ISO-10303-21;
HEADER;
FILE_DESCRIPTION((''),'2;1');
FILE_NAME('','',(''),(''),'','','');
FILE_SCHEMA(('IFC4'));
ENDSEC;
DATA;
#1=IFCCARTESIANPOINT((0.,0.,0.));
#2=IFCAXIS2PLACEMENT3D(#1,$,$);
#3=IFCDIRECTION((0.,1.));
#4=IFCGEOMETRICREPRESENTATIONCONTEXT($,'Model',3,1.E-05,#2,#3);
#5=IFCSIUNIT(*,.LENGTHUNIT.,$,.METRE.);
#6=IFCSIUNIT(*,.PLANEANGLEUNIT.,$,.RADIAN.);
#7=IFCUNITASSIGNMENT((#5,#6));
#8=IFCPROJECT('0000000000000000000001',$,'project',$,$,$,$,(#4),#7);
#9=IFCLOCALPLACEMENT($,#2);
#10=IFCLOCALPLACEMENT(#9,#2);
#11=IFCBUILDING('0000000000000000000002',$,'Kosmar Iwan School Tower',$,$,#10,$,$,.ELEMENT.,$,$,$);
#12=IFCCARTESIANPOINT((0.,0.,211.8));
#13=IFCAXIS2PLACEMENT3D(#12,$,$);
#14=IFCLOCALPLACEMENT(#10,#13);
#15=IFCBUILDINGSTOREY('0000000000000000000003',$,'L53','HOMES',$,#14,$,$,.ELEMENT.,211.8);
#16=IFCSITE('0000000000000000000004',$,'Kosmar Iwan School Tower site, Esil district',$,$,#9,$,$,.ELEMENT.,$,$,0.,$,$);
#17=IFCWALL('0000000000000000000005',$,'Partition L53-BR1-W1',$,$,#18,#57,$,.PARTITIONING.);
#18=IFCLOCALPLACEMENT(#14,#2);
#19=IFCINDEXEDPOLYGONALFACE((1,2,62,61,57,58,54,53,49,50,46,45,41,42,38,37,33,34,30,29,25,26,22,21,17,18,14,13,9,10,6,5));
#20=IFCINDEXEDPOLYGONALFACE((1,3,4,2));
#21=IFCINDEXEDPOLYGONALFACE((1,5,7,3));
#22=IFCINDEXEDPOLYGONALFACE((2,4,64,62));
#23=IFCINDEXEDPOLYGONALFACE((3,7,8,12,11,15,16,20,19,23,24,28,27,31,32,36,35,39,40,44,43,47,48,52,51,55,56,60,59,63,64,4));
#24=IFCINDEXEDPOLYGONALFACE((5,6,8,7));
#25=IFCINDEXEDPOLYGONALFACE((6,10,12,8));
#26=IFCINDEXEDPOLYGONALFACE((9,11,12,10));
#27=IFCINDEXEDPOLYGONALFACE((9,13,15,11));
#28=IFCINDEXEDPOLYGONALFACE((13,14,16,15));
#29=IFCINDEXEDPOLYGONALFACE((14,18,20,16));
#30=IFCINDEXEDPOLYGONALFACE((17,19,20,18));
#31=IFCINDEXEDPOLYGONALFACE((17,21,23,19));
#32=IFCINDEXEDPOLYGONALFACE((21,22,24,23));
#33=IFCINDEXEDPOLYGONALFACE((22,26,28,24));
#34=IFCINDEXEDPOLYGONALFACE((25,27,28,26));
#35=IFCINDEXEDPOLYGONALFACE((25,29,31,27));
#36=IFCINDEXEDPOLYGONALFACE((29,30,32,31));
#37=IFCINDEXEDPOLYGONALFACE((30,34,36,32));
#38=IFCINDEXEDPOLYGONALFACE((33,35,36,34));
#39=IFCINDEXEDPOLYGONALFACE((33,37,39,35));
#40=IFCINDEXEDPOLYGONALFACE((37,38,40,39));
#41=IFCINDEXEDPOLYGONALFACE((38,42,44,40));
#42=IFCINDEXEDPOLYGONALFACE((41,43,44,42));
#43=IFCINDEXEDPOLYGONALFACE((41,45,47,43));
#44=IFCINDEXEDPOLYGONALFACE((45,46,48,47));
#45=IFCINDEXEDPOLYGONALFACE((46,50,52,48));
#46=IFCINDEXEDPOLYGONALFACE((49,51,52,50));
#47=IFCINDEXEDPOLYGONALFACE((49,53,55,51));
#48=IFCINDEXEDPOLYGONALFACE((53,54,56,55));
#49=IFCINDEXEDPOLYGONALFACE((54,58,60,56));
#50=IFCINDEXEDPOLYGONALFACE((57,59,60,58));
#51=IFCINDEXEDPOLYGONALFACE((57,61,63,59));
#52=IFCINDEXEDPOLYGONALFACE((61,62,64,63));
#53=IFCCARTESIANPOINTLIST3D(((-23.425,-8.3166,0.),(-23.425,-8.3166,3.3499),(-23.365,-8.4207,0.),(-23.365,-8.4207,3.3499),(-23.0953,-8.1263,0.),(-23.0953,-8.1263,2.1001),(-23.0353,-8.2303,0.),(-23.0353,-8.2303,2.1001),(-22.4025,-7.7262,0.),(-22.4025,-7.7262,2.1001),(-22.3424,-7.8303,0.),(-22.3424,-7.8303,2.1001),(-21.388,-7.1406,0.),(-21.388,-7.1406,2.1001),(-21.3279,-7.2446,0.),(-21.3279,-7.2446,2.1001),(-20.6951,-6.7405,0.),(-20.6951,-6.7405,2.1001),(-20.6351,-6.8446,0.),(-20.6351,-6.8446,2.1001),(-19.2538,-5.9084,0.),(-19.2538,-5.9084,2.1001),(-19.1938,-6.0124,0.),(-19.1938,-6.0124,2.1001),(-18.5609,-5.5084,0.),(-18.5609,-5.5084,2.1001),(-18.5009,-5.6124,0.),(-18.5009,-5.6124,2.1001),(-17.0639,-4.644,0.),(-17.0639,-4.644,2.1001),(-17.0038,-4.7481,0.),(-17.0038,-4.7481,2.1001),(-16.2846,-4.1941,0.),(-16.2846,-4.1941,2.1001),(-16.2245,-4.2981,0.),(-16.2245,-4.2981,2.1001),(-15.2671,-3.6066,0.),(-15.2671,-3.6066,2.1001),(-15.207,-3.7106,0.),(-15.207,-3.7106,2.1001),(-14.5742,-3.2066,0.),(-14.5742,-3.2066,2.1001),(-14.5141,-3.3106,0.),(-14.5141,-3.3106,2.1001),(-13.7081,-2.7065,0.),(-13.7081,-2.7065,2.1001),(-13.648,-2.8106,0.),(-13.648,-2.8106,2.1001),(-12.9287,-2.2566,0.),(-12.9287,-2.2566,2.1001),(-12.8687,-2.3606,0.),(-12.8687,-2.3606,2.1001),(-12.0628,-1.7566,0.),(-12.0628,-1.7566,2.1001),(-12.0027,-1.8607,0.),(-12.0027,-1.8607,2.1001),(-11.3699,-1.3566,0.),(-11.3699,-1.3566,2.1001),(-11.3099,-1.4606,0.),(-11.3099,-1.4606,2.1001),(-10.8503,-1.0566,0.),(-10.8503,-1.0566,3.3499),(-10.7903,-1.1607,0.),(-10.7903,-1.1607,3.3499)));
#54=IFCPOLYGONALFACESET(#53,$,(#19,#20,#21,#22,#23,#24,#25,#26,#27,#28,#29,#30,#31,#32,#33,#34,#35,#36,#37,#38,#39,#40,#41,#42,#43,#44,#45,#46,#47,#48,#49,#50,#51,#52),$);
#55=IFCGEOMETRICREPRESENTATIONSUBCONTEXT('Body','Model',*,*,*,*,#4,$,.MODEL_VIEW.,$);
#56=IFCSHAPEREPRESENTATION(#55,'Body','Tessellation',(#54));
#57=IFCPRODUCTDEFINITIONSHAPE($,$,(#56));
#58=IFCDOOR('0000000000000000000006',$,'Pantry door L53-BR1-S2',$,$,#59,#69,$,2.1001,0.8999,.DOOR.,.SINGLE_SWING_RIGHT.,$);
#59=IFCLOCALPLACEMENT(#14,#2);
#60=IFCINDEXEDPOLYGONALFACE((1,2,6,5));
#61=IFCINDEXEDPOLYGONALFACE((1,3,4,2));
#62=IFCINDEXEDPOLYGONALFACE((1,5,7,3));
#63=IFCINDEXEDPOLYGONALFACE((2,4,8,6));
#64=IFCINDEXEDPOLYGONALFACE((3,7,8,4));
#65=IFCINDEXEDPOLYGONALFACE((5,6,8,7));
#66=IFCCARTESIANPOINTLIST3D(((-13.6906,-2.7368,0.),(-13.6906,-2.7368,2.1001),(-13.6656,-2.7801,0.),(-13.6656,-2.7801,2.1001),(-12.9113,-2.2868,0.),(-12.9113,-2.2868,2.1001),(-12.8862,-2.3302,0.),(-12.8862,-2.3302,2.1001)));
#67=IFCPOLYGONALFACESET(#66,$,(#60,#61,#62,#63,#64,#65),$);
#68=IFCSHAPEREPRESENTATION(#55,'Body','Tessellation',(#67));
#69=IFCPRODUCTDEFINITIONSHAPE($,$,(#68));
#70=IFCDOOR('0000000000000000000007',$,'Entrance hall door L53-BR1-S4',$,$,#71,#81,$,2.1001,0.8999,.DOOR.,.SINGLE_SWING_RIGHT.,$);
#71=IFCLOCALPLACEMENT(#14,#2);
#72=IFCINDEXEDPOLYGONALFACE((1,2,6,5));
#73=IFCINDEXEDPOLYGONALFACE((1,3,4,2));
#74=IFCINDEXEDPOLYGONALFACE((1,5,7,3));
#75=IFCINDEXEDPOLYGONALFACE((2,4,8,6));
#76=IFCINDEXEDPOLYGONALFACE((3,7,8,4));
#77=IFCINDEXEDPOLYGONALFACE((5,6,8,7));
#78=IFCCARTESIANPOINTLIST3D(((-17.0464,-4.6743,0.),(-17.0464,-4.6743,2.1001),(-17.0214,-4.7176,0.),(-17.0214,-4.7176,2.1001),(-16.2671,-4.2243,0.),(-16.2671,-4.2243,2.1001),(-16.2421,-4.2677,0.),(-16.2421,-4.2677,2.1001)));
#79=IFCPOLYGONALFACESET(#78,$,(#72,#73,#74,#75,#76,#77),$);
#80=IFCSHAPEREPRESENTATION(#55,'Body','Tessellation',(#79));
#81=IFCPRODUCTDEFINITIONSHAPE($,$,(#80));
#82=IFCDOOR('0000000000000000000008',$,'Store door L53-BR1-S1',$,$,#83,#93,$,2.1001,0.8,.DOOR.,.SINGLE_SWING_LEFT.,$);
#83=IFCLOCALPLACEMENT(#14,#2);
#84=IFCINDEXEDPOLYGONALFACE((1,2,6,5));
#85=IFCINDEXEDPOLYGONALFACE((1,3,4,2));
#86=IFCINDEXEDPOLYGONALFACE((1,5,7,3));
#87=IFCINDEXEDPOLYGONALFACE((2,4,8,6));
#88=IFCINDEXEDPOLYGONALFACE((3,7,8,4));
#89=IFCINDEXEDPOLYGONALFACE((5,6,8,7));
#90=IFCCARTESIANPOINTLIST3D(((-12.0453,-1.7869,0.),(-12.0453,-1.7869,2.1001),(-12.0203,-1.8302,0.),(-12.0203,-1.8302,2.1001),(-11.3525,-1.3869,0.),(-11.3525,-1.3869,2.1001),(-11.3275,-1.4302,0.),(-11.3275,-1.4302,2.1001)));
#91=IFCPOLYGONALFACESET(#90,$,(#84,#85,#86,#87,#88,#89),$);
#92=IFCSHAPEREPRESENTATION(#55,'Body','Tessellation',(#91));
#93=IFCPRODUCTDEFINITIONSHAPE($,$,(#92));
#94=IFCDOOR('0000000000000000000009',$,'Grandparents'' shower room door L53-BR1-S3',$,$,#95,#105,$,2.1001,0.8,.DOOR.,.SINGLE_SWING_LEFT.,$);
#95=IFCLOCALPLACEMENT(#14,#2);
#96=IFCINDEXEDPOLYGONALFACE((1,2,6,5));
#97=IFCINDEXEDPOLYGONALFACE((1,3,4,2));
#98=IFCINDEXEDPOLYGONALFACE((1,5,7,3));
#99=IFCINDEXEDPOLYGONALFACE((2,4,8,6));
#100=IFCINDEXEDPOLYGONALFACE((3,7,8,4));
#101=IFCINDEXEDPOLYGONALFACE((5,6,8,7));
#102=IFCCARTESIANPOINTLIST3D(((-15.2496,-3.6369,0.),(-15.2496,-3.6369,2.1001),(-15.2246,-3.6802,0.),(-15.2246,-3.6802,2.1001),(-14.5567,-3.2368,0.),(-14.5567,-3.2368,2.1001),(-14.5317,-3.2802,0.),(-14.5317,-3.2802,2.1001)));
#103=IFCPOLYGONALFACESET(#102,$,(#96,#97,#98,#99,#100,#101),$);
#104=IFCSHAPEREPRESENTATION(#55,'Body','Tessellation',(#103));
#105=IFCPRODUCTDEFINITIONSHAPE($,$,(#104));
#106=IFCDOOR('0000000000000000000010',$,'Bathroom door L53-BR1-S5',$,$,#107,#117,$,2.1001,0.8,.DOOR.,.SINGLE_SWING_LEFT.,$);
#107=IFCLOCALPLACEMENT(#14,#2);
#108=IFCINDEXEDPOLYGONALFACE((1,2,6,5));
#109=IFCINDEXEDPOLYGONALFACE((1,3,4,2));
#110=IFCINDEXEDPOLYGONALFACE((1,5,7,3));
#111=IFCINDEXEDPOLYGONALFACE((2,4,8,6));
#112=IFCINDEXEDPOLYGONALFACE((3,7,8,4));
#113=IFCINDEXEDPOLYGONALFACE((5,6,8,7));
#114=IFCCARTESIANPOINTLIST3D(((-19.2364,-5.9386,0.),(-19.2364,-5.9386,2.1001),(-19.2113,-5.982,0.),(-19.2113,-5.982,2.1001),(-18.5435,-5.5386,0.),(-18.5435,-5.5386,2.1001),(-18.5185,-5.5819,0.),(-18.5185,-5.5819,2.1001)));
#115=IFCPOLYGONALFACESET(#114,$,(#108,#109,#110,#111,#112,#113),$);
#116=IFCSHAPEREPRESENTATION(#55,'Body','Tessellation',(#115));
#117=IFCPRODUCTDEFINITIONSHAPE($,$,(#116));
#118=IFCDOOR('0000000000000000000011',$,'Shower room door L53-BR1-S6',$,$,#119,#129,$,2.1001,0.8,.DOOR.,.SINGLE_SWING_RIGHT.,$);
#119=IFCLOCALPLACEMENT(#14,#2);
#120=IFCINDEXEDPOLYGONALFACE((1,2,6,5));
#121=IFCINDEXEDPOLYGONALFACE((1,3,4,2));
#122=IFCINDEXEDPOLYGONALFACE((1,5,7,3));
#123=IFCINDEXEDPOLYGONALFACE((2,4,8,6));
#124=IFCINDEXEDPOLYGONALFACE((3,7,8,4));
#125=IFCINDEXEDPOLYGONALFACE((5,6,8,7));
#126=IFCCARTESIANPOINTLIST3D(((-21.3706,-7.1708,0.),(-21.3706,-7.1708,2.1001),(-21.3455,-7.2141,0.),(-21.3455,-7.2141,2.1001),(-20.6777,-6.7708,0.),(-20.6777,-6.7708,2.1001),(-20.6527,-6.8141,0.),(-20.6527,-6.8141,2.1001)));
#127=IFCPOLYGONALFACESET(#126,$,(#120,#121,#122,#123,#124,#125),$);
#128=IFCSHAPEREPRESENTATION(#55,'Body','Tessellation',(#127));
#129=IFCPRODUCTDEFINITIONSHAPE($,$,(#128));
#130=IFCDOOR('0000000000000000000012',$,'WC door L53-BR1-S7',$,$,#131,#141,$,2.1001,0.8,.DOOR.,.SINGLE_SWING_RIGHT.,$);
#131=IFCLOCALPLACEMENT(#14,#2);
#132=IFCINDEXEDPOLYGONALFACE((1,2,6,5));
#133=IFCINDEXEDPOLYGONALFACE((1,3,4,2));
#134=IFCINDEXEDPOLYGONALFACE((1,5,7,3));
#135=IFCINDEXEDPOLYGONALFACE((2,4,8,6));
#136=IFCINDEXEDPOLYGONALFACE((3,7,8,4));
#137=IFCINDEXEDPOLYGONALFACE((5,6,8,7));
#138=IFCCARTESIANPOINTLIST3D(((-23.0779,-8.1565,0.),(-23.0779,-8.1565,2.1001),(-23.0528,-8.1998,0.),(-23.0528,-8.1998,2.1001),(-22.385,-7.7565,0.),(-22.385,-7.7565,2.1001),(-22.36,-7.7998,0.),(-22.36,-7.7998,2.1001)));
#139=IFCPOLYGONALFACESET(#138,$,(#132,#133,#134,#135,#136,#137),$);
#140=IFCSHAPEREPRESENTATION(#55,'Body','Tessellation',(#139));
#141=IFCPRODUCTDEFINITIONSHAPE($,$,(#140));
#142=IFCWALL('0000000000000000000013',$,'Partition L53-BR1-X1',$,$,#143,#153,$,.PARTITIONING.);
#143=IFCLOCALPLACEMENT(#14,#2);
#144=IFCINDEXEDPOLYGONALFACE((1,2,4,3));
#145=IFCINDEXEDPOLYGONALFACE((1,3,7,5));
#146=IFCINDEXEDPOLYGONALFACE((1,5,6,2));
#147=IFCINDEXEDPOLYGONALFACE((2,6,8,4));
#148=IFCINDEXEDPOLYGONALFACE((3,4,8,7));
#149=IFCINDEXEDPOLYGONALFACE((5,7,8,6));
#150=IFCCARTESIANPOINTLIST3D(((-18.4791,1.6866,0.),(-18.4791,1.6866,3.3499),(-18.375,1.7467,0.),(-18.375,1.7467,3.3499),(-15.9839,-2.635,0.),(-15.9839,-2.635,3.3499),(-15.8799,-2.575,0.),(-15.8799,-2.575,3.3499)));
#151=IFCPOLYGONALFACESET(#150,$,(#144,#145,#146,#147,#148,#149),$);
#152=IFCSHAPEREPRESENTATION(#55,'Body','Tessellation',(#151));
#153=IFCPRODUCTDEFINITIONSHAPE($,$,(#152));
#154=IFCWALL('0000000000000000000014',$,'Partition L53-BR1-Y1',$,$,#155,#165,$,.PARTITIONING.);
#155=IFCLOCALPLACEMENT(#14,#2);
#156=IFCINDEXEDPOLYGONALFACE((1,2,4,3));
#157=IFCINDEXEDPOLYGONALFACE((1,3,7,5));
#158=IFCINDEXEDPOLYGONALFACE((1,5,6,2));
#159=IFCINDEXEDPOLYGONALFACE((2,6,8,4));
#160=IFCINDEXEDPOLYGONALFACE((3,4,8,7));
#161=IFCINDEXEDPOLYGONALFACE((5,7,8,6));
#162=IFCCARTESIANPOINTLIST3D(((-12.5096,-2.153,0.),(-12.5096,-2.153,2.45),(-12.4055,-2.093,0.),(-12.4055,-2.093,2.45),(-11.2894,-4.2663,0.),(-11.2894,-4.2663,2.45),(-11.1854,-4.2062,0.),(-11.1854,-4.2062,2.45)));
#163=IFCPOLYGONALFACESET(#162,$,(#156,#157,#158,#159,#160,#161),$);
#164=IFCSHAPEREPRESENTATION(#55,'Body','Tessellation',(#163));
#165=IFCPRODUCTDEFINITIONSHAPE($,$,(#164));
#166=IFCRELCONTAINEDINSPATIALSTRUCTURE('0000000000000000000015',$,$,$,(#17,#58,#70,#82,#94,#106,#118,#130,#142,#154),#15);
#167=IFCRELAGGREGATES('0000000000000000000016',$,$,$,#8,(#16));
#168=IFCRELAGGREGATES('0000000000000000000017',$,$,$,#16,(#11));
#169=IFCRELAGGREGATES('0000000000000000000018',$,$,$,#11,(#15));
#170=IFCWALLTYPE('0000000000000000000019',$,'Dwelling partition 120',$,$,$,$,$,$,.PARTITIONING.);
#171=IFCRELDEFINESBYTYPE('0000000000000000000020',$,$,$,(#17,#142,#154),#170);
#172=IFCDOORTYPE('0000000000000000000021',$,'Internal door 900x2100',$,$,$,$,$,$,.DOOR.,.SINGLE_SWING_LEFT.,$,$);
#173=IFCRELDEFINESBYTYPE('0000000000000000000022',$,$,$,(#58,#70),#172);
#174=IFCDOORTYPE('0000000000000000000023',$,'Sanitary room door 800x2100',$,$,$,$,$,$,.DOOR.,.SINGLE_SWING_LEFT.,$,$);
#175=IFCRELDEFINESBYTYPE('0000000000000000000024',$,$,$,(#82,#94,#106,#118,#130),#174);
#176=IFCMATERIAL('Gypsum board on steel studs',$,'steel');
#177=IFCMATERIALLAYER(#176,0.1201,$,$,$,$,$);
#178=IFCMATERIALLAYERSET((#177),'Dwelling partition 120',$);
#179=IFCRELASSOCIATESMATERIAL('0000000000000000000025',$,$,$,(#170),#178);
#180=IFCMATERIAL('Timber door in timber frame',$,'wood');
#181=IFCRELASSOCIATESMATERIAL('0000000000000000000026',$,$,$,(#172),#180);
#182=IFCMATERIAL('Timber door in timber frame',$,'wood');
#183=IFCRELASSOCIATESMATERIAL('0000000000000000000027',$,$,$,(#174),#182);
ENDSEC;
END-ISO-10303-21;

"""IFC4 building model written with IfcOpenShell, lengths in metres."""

from ifc_helpers import new_model, si_unit, direction, frame, frame_2d, origin, place, context, subcontext, project, spatial, rectangle, extrude, material, layer, layer_set, type_object, element, fill, save


model = new_model("IFC4")

# Units and contexts
model_context = context("Model", 3, precision=1e-05, world=origin(), true_north=direction((0.0, 1.0)))
body_context = subcontext(model_context, "Body", "Model", "MODEL_VIEW")
ifc_project = project(units=[si_unit("LENGTHUNIT", "METRE"), si_unit("PLANEANGLEUNIT", "RADIAN")], contexts=[model_context])

# Site, building, storey
site_placement = place(None, origin())
site = spatial("IfcSite", under=ifc_project, at=site_placement, Name="Kosmar Iwan School Tower site, Esil district", CompositionType="ELEMENT", RefElevation=0.0)
building_placement = place(site_placement, origin())
building = spatial("IfcBuilding", under=site, at=building_placement, Name="Kosmar Iwan School Tower", CompositionType="ELEMENT")
storey_placement = place(building_placement, frame((0.0, 0.0, 211.8)))
storey = spatial("IfcBuildingStorey", under=building, at=storey_placement, Name="L53", Description="HOMES", CompositionType="ELEMENT", Elevation=211.8)

# Shared definitions
ifc_material_1 = material(Name="Gypsum board on steel studs", Category="steel")
ifc_layer_1 = layer(ifc_material_1, 0.1201)
ifc_layer_set_1 = layer_set([ifc_layer_1], Name="Dwelling partition 120")
wall_type_1 = type_object("IfcWallType", Name="Dwelling partition 120", PredefinedType="PARTITIONING", material=ifc_layer_set_1)

# Wall, openings, doors
wall_1_placement = place(storey_placement, frame((-10.8203, -1.1086, 0.0), z_axis=(0.0, 0.0, 1.0), x_axis=(-0.866025, -0.5, 0.0)))
wall_1 = element("IfcWall", 1, at=wall_1_placement, inside=storey, type_object=wall_type_1, Name="Partition L53-BR1-W1", PredefinedType="PARTITIONING", context=body_context, shape_type="SweptSolid", body=[
    extrude(rectangle(XDim=14.52, YDim=0.1201, at=frame_2d((7.26, 0.0))), origin(), (0.0, 0.0, 1.0), 3.3499),
])
opening_1_placement = place(wall_1_placement, frame((0.6001, 0.0, 0.0)))
opening_1 = element("IfcOpeningElement", 2, at=opening_1_placement, cuts=wall_1, PredefinedType="OPENING", context=body_context, shape_type="SweptSolid", body=[
    extrude(rectangle(XDim=0.8, YDim=2.1001, at=frame_2d((0.3999, 1.05))), frame((0.0, 0.072, 0.0), z_axis=(0.0, -1.0, 0.0), x_axis=(1.0, 0.0, 0.0)), (0.0, 0.0, 1.0), 0.144),
])
opening_2_placement = place(wall_1_placement, frame((2.3999, 0.0, 0.0)))
opening_2 = element("IfcOpeningElement", 3, at=opening_2_placement, cuts=wall_1, PredefinedType="OPENING", context=body_context, shape_type="SweptSolid", body=[
    extrude(rectangle(XDim=0.8999, YDim=2.1001, at=frame_2d((0.45, 1.05))), frame((0.0, 0.072, 0.0), z_axis=(0.0, -1.0, 0.0), x_axis=(1.0, 0.0, 0.0)), (0.0, 0.0, 1.0), 0.144),
])
opening_3_placement = place(wall_1_placement, frame((4.3, 0.0, 0.0)))
opening_3 = element("IfcOpeningElement", 4, at=opening_3_placement, cuts=wall_1, PredefinedType="OPENING", context=body_context, shape_type="SweptSolid", body=[
    extrude(rectangle(XDim=0.8, YDim=2.1001, at=frame_2d((0.3999, 1.05))), frame((0.0, 0.072, 0.0), z_axis=(0.0, -1.0, 0.0), x_axis=(1.0, 0.0, 0.0)), (0.0, 0.0, 1.0), 0.144),
])
opening_4_placement = place(wall_1_placement, frame((6.2749, 0.0, 0.0)))
opening_4 = element("IfcOpeningElement", 5, at=opening_4_placement, cuts=wall_1, PredefinedType="OPENING", context=body_context, shape_type="SweptSolid", body=[
    extrude(rectangle(XDim=0.8999, YDim=2.1001, at=frame_2d((0.45, 1.05))), frame((0.0, 0.072, 0.0), z_axis=(0.0, -1.0, 0.0), x_axis=(1.0, 0.0, 0.0)), (0.0, 0.0, 1.0), 0.144),
])
opening_5_placement = place(wall_1_placement, frame((8.9036, 0.0, 0.0)))
opening_5 = element("IfcOpeningElement", 6, at=opening_5_placement, cuts=wall_1, PredefinedType="OPENING", context=body_context, shape_type="SweptSolid", body=[
    extrude(rectangle(XDim=0.8, YDim=2.1001, at=frame_2d((0.3999, 1.05))), frame((0.0, 0.072, 0.0), z_axis=(0.0, -1.0, 0.0), x_axis=(1.0, 0.0, 0.0)), (0.0, 0.0, 1.0), 0.144),
])
opening_6_placement = place(wall_1_placement, frame((11.3679, 0.0, 0.0)))
opening_6 = element("IfcOpeningElement", 7, at=opening_6_placement, cuts=wall_1, PredefinedType="OPENING", context=body_context, shape_type="SweptSolid", body=[
    extrude(rectangle(XDim=0.8, YDim=2.1001, at=frame_2d((0.3999, 1.05))), frame((0.0, 0.072, 0.0), z_axis=(0.0, -1.0, 0.0), x_axis=(1.0, 0.0, 0.0)), (0.0, 0.0, 1.0), 0.144),
])
opening_7_placement = place(wall_1_placement, frame((13.3394, 0.0, 0.0)))
opening_7 = element("IfcOpeningElement", 8, at=opening_7_placement, cuts=wall_1, PredefinedType="OPENING", context=body_context, shape_type="SweptSolid", body=[
    extrude(rectangle(XDim=0.8, YDim=2.1001, at=frame_2d((0.3999, 1.05))), frame((0.0, 0.072, 0.0), z_axis=(0.0, -1.0, 0.0), x_axis=(1.0, 0.0, 0.0)), (0.0, 0.0, 1.0), 0.144),
])
ifc_material_2 = material(Name="Timber door in timber frame", Category="wood")
door_type_1 = type_object("IfcDoorType", Name="Internal door 900x2100", OperationType="SINGLE_SWING_LEFT", PredefinedType="DOOR", material=ifc_material_2)
door_1_placement = place(opening_2_placement, origin())
door_1 = element("IfcDoor", 9, at=door_1_placement, inside=storey, type_object=door_type_1, Name="Pantry door L53-BR1-S2", OperationType="SINGLE_SWING_RIGHT", OverallHeight=2.1001, OverallWidth=0.8999, PredefinedType="DOOR", context=body_context, shape_type="SweptSolid", body=[
    extrude(rectangle(XDim=0.8999, YDim=2.1001, at=frame_2d((0.45, 1.05))), frame((0.0, 0.0249, 0.0), z_axis=(0.0, -1.0, 0.0), x_axis=(1.0, 0.0, 0.0)), (0.0, 0.0, 1.0), 0.05),
])
fill(opening_2, door_1)
door_2_placement = place(opening_4_placement, origin())
door_2 = element("IfcDoor", 10, at=door_2_placement, inside=storey, type_object=door_type_1, Name="Entrance hall door L53-BR1-S4", OperationType="SINGLE_SWING_RIGHT", OverallHeight=2.1001, OverallWidth=0.8999, PredefinedType="DOOR", context=body_context, shape_type="SweptSolid", body=[
    extrude(rectangle(XDim=0.8999, YDim=2.1001, at=frame_2d((0.45, 1.05))), frame((0.0, 0.0249, 0.0), z_axis=(0.0, -1.0, 0.0), x_axis=(1.0, 0.0, 0.0)), (0.0, 0.0, 1.0), 0.05),
])
fill(opening_4, door_2)
ifc_material_3 = material(Name="Timber door in timber frame", Category="wood")
door_type_2 = type_object("IfcDoorType", Name="Sanitary room door 800x2100", OperationType="SINGLE_SWING_LEFT", PredefinedType="DOOR", material=ifc_material_3)
door_3_placement = place(opening_1_placement, origin())
door_3 = element("IfcDoor", 11, at=door_3_placement, inside=storey, type_object=door_type_2, Name="Store door L53-BR1-S1", OperationType="SINGLE_SWING_LEFT", OverallHeight=2.1001, OverallWidth=0.8, PredefinedType="DOOR", context=body_context, shape_type="SweptSolid", body=[
    extrude(rectangle(XDim=0.8, YDim=2.1001, at=frame_2d((0.3999, 1.05))), frame((0.0, 0.0249, 0.0), z_axis=(0.0, -1.0, 0.0), x_axis=(1.0, 0.0, 0.0)), (0.0, 0.0, 1.0), 0.05),
])
fill(opening_1, door_3)
door_4_placement = place(opening_3_placement, origin())
door_4 = element("IfcDoor", 12, at=door_4_placement, inside=storey, type_object=door_type_2, Name="Grandparents' shower room door L53-BR1-S3", OperationType="SINGLE_SWING_LEFT", OverallHeight=2.1001, OverallWidth=0.8, PredefinedType="DOOR", context=body_context, shape_type="SweptSolid", body=[
    extrude(rectangle(XDim=0.8, YDim=2.1001, at=frame_2d((0.3999, 1.05))), frame((0.0, 0.0249, 0.0), z_axis=(0.0, -1.0, 0.0), x_axis=(1.0, 0.0, 0.0)), (0.0, 0.0, 1.0), 0.05),
])
fill(opening_3, door_4)
door_5_placement = place(opening_5_placement, origin())
door_5 = element("IfcDoor", 13, at=door_5_placement, inside=storey, type_object=door_type_2, Name="Bathroom door L53-BR1-S5", OperationType="SINGLE_SWING_LEFT", OverallHeight=2.1001, OverallWidth=0.8, PredefinedType="DOOR", context=body_context, shape_type="SweptSolid", body=[
    extrude(rectangle(XDim=0.8, YDim=2.1001, at=frame_2d((0.3999, 1.05))), frame((0.0, 0.0249, 0.0), z_axis=(0.0, -1.0, 0.0), x_axis=(1.0, 0.0, 0.0)), (0.0, 0.0, 1.0), 0.05),
])
fill(opening_5, door_5)
door_6_placement = place(opening_6_placement, origin())
door_6 = element("IfcDoor", 14, at=door_6_placement, inside=storey, type_object=door_type_2, Name="Shower room door L53-BR1-S6", OperationType="SINGLE_SWING_RIGHT", OverallHeight=2.1001, OverallWidth=0.8, PredefinedType="DOOR", context=body_context, shape_type="SweptSolid", body=[
    extrude(rectangle(XDim=0.8, YDim=2.1001, at=frame_2d((0.3999, 1.05))), frame((0.0, 0.0249, 0.0), z_axis=(0.0, -1.0, 0.0), x_axis=(1.0, 0.0, 0.0)), (0.0, 0.0, 1.0), 0.05),
])
fill(opening_6, door_6)
door_7_placement = place(opening_7_placement, origin())
door_7 = element("IfcDoor", 15, at=door_7_placement, inside=storey, type_object=door_type_2, Name="WC door L53-BR1-S7", OperationType="SINGLE_SWING_RIGHT", OverallHeight=2.1001, OverallWidth=0.8, PredefinedType="DOOR", context=body_context, shape_type="SweptSolid", body=[
    extrude(rectangle(XDim=0.8, YDim=2.1001, at=frame_2d((0.3999, 1.05))), frame((0.0, 0.0249, 0.0), z_axis=(0.0, -1.0, 0.0), x_axis=(1.0, 0.0, 0.0)), (0.0, 0.0, 1.0), 0.05),
])
fill(opening_7, door_7)

# Walls
wall_2_placement = place(storey_placement, frame((-15.9319, -2.605, 0.0), z_axis=(0.0, 0.0, 1.0), x_axis=(-0.500012, 0.866019, 0.0)))
element("IfcWall", 16, at=wall_2_placement, inside=storey, type_object=wall_type_1, Name="Partition L53-BR1-X1", PredefinedType="PARTITIONING", context=body_context, shape_type="SweptSolid", body=[
    extrude(rectangle(XDim=4.9902, YDim=0.1201, at=frame_2d((2.4951, 0.0))), origin(), (0.0, 0.0, 1.0), 3.3499),
])
wall_3_placement = place(storey_placement, frame((-11.2373, -4.2363, 0.0), z_axis=(0.0, 0.0, 1.0), x_axis=(-0.500034, 0.866006, 0.0)))
element("IfcWall", 17, at=wall_3_placement, inside=storey, type_object=wall_type_1, Name="Partition L53-BR1-Y1", PredefinedType="PARTITIONING", context=body_context, shape_type="SweptSolid", body=[
    extrude(rectangle(XDim=2.4402, YDim=0.1201, at=frame_2d((1.2202, 0.0))), origin(), (0.0, 0.0, 1.0), 2.45),
])

save(model, "model.ifc")
